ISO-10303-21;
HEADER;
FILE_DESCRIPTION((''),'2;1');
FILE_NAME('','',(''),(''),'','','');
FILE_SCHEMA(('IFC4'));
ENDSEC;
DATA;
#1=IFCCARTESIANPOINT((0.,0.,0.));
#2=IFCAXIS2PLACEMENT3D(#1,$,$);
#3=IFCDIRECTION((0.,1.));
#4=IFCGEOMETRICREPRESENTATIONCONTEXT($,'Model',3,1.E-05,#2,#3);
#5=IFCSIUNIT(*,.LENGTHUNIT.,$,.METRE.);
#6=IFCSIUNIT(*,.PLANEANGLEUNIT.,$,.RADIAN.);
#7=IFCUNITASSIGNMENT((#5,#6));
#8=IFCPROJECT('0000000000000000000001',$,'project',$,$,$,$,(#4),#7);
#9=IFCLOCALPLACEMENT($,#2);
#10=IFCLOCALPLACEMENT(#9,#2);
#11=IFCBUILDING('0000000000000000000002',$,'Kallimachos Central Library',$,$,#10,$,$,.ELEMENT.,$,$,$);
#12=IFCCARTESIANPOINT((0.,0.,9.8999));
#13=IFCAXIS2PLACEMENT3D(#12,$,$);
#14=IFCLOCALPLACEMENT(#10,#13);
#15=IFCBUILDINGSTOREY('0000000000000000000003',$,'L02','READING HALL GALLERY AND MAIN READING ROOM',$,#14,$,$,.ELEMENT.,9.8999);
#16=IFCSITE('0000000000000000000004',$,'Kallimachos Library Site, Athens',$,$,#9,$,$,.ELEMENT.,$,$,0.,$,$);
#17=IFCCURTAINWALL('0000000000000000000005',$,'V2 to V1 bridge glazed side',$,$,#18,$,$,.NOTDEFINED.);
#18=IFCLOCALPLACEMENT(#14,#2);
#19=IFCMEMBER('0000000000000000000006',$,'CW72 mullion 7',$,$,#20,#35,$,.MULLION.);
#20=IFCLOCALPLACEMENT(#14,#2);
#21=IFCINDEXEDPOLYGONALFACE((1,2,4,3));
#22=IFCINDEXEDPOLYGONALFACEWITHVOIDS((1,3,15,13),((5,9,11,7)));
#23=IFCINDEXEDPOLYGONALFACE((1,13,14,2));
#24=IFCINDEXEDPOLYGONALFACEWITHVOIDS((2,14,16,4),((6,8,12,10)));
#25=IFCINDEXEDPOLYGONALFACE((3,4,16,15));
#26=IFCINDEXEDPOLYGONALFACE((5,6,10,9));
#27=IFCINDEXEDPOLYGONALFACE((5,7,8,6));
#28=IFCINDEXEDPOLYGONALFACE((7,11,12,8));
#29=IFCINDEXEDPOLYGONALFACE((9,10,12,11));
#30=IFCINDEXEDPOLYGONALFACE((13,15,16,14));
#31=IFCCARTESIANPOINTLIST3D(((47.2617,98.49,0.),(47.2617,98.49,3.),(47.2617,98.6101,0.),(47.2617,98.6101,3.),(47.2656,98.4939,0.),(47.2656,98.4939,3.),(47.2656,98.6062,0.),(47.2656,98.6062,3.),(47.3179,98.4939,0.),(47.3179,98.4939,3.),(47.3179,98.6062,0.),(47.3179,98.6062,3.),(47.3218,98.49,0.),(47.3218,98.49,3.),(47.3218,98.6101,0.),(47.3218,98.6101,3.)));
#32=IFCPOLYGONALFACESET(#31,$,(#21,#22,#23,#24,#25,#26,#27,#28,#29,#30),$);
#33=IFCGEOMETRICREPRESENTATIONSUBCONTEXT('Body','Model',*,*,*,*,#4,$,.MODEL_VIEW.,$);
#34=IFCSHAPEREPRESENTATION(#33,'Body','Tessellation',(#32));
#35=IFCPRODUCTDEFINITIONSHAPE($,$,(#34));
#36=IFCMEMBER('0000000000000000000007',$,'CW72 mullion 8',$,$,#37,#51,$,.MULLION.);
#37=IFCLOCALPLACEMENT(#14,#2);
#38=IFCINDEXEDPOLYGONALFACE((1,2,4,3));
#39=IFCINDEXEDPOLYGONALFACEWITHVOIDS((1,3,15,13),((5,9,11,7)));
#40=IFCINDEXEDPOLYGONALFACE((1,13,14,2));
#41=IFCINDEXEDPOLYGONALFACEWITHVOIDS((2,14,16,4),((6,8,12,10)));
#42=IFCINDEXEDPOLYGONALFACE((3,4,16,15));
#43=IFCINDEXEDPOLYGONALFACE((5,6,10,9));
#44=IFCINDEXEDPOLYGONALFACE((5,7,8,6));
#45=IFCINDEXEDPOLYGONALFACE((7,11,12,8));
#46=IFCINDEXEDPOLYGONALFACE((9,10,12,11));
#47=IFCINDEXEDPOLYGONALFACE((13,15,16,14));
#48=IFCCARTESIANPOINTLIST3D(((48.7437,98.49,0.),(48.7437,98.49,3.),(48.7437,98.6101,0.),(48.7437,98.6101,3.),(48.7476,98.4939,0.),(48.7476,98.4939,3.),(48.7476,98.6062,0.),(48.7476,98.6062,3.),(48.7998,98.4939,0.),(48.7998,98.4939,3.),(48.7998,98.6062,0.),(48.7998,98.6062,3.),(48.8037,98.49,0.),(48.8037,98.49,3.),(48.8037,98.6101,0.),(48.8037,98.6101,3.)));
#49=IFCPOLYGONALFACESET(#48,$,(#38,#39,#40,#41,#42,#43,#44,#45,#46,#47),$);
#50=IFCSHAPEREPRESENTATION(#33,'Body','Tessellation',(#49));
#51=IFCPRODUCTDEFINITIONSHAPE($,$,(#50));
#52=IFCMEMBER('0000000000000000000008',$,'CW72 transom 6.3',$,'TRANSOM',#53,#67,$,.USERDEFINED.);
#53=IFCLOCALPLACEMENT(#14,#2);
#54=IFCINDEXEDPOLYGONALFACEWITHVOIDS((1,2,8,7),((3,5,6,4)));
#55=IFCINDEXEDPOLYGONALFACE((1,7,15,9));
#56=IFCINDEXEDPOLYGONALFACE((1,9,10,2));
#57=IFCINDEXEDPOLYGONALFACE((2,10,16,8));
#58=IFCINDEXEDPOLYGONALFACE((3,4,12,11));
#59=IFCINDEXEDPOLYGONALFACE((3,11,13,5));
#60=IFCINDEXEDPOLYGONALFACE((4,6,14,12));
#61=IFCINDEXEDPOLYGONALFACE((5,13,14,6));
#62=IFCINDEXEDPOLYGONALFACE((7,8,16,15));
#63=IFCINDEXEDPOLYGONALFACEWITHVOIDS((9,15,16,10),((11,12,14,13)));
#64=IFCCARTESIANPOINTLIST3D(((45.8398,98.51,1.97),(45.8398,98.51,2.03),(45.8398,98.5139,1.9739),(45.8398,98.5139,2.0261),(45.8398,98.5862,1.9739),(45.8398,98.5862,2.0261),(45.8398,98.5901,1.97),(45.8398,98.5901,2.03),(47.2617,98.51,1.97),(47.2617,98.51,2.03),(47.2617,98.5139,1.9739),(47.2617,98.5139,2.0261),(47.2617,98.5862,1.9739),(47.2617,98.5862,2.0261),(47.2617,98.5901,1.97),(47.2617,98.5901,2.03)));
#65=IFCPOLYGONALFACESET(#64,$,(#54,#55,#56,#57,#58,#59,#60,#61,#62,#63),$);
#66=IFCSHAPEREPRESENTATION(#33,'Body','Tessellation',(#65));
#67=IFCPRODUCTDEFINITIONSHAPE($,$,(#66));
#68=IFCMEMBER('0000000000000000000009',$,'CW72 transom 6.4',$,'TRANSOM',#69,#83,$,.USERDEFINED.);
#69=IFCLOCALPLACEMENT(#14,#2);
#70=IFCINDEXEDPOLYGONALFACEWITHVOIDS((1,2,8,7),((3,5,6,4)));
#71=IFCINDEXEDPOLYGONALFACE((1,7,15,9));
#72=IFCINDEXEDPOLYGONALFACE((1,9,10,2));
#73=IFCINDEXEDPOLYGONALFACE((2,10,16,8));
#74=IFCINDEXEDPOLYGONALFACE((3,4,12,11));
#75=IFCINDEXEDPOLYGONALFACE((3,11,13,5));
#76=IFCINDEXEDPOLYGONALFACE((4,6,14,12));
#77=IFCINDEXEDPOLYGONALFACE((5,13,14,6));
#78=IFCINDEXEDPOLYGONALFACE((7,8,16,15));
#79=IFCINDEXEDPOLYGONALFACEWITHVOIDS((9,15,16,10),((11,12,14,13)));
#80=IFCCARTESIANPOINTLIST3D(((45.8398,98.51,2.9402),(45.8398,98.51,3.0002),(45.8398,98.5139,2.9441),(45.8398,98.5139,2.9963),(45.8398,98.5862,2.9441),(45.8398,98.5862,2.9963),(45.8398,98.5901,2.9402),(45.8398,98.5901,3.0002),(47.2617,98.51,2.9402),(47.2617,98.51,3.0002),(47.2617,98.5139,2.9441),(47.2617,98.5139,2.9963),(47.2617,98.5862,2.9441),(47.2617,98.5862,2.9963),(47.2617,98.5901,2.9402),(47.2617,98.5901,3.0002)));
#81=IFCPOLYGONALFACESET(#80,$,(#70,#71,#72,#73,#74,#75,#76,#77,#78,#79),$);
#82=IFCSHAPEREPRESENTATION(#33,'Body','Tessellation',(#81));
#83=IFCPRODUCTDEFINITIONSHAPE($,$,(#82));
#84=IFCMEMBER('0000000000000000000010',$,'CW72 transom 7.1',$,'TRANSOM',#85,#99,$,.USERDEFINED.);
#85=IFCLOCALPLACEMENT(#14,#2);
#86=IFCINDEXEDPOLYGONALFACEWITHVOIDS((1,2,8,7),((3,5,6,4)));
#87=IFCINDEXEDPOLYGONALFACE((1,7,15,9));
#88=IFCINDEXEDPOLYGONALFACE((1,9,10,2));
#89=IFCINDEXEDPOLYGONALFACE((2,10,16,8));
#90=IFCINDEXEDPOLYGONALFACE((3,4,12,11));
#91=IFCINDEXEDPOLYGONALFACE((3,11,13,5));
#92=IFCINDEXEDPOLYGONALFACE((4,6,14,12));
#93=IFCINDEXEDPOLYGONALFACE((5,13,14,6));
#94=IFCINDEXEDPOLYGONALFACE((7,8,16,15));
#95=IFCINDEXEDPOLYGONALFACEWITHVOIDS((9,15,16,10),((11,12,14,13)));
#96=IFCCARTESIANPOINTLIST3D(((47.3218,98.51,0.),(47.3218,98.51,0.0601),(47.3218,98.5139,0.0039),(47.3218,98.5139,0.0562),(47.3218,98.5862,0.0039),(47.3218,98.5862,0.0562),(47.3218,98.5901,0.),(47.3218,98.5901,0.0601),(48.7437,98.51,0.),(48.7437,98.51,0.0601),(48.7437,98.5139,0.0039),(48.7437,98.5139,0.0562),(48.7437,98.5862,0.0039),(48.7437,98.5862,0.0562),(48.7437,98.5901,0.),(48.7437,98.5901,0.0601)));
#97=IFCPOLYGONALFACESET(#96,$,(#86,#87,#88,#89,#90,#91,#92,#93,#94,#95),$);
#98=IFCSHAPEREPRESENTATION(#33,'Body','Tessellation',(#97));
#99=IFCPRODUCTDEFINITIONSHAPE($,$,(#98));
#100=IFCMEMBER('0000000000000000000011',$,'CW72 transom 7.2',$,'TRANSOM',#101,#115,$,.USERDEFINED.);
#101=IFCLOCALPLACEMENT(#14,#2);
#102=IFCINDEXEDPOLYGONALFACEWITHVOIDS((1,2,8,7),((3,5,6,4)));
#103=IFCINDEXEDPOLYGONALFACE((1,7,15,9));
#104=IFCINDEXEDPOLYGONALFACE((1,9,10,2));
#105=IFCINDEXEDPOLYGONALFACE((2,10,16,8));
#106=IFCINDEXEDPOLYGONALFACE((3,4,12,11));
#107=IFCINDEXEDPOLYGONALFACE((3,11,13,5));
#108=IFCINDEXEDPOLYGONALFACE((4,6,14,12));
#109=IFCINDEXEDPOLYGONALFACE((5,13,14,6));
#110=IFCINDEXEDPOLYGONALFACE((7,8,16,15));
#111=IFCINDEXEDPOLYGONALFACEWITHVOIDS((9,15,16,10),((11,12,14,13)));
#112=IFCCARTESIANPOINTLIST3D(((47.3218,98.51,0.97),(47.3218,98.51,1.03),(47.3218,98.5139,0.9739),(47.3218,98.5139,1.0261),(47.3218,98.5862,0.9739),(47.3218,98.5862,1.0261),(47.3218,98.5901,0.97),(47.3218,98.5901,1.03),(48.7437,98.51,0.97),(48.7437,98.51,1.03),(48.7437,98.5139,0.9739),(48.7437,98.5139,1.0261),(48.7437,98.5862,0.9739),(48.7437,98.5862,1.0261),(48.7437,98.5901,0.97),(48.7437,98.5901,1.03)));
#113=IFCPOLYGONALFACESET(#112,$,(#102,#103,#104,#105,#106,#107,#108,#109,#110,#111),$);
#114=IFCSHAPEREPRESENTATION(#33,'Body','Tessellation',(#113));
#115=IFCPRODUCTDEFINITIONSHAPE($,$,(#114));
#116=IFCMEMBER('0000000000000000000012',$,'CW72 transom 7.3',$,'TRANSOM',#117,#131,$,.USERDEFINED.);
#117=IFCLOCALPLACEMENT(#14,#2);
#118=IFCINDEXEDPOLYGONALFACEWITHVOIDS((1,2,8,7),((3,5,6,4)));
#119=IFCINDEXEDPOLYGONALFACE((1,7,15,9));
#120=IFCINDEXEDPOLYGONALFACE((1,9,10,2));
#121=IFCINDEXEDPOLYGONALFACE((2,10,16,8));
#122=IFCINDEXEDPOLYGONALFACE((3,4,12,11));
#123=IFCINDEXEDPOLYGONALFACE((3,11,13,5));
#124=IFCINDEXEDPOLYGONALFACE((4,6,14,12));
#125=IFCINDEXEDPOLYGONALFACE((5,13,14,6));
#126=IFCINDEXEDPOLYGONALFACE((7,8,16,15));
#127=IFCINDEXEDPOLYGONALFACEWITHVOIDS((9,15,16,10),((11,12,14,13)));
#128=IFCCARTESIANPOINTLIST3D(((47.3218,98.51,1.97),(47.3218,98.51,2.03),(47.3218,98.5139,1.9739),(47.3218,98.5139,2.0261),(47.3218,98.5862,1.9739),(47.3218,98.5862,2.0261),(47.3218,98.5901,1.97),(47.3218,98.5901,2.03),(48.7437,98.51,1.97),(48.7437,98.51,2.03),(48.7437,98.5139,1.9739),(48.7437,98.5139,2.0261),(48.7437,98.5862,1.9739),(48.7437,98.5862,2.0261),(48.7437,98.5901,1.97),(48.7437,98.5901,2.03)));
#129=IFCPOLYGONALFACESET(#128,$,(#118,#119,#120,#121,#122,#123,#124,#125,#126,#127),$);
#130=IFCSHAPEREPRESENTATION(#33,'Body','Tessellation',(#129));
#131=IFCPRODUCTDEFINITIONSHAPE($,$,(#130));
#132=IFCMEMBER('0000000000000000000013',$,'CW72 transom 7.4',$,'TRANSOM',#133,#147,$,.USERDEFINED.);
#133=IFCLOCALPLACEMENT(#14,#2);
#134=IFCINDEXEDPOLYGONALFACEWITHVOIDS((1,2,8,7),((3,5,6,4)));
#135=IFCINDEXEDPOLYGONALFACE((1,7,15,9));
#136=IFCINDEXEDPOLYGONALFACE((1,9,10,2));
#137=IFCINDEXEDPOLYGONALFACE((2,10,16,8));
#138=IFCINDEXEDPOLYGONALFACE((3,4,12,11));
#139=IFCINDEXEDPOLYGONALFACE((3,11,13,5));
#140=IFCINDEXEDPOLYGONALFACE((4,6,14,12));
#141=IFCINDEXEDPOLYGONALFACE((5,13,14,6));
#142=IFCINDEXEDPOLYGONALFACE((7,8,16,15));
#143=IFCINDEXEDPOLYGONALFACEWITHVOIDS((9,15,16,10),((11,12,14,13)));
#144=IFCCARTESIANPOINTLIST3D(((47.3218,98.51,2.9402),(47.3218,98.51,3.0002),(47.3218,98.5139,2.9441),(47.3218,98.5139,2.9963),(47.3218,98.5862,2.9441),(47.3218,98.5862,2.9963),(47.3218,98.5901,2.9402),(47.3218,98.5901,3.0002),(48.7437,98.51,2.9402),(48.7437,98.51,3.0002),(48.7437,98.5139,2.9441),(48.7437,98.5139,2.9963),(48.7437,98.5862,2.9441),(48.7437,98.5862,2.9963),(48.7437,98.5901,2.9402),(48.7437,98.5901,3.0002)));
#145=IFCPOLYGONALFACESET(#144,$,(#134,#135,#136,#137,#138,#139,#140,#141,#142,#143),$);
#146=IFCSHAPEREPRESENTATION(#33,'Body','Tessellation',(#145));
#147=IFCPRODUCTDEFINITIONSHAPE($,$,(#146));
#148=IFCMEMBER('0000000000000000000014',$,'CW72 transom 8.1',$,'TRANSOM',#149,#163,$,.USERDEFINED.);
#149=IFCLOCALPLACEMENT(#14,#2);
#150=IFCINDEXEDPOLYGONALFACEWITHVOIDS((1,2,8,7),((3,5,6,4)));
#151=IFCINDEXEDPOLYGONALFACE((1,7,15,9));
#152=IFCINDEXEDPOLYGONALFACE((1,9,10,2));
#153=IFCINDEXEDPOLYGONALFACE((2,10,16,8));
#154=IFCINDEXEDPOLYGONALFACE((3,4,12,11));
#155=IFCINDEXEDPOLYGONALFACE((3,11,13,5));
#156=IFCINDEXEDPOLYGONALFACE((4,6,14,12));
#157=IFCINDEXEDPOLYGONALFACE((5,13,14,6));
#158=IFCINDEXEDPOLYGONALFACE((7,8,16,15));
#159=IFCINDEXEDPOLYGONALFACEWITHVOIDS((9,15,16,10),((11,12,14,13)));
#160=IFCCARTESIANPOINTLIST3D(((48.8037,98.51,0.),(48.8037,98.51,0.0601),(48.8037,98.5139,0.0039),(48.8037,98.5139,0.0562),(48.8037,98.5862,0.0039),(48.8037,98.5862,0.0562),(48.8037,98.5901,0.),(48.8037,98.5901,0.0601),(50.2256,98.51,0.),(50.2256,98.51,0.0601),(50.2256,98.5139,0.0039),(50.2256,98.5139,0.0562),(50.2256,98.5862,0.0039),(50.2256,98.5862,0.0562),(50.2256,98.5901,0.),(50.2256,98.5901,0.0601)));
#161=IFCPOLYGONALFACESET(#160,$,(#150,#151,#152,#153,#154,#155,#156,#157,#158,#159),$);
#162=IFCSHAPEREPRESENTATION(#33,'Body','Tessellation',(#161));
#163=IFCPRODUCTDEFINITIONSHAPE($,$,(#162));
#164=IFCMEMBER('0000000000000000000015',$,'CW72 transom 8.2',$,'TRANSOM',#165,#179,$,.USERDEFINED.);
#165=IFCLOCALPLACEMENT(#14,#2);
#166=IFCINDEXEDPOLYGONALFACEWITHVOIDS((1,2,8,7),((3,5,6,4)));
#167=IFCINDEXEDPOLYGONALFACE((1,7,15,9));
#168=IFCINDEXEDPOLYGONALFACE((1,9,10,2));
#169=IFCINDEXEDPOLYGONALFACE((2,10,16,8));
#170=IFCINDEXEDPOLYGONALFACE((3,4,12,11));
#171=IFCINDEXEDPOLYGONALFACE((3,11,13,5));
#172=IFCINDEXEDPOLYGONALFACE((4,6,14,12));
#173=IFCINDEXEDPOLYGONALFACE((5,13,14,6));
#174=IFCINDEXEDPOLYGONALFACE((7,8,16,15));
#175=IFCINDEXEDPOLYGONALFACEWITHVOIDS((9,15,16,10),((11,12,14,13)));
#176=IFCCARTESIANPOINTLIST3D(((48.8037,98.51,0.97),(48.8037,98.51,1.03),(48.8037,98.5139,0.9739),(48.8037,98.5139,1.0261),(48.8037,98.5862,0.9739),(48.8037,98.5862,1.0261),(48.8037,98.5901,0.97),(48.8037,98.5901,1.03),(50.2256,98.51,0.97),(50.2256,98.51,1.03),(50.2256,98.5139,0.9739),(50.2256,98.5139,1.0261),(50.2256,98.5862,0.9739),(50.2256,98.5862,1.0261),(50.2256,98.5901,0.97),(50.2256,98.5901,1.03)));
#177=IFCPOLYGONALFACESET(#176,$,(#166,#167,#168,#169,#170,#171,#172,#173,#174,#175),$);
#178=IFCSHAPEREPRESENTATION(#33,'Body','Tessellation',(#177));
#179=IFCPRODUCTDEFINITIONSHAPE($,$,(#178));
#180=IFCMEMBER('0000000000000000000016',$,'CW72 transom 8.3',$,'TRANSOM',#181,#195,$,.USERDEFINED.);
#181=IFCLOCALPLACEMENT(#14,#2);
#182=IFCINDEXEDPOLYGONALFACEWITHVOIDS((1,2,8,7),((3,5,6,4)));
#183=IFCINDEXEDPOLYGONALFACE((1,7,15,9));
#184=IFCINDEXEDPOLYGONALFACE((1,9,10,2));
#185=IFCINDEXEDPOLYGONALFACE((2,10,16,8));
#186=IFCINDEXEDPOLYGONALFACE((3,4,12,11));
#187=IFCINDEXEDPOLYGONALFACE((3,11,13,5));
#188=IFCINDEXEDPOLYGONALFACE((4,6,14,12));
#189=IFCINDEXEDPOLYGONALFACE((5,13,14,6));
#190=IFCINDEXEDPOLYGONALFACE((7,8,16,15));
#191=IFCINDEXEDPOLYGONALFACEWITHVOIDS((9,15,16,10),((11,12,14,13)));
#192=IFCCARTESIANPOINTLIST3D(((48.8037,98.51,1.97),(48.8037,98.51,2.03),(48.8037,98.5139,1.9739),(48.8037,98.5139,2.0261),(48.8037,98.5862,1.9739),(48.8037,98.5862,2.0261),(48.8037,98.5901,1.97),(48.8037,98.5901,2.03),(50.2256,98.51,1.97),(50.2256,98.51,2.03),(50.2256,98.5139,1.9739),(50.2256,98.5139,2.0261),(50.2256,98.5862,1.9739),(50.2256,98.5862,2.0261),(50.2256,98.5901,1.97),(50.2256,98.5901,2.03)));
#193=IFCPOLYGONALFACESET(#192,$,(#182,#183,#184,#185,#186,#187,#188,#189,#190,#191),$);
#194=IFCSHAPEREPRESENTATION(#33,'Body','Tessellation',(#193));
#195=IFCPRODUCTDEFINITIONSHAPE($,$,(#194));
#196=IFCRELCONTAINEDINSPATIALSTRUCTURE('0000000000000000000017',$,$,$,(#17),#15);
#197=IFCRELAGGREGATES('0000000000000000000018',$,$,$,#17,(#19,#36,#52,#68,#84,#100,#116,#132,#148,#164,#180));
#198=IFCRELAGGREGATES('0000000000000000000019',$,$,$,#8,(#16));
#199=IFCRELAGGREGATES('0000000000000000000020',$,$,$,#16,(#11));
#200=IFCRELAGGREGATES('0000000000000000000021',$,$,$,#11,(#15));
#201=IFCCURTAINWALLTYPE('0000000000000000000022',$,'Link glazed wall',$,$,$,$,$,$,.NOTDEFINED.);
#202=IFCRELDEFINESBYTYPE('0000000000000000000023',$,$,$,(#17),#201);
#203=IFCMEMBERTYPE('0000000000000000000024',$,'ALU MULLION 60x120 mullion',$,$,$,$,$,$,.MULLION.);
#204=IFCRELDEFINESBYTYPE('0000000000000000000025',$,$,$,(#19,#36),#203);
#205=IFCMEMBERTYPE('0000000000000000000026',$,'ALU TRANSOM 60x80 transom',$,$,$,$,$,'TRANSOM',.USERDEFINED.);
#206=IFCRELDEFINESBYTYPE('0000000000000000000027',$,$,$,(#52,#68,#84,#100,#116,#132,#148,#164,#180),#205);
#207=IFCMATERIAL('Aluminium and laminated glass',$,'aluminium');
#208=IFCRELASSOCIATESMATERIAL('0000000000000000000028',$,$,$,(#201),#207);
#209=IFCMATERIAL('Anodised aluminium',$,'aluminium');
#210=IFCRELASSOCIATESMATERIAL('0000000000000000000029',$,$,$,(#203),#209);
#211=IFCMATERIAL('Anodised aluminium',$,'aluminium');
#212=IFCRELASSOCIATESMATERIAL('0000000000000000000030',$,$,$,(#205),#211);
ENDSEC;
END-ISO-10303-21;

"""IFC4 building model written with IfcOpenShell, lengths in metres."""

from ifc_helpers import new_model, si_unit, direction, frame, origin, origin_2d, place, context, subcontext, project, spatial, hollow_rectangle, extrude, material, material_profile, profile_set, type_object, element, aggregate, save


model = new_model("IFC4")

# Units and contexts
model_context = context("Model", 3, precision=1e-05, world=origin(), true_north=direction((0.0, 1.0)))
body_context = subcontext(model_context, "Body", "Model", "MODEL_VIEW")
ifc_project = project(units=[si_unit("LENGTHUNIT", "METRE"), si_unit("PLANEANGLEUNIT", "RADIAN")], contexts=[model_context])

# Site, building, storey
site_placement = place(None, origin())
site = spatial("IfcSite", under=ifc_project, at=site_placement, Name="Kallimachos Library Site, Athens", CompositionType="ELEMENT", RefElevation=0.0)
building_placement = place(site_placement, origin())
building = spatial("IfcBuilding", under=site, at=building_placement, Name="Kallimachos Central Library", CompositionType="ELEMENT")
storey_placement = place(building_placement, frame((0.0, 0.0, 9.8999)))
storey = spatial("IfcBuildingStorey", under=building, at=storey_placement, Name="L02", Description="READING HALL GALLERY AND MAIN READING ROOM", CompositionType="ELEMENT", Elevation=9.8999)

# Curtain wall, members
ifc_material_1 = material(Name="Aluminium and laminated glass", Category="aluminium")
curtain_wall_type = type_object("IfcCurtainWallType", Name="Link glazed wall", PredefinedType="NOTDEFINED", material=ifc_material_1)
curtain_wall_placement = place(storey_placement, origin())
curtain_wall = element("IfcCurtainWall", 1, at=curtain_wall_placement, inside=storey, type_object=curtain_wall_type, Name="V2 to V1 bridge glazed side", PredefinedType="NOTDEFINED")
ifc_material_2 = material(Name="Anodised aluminium", Category="aluminium")
ifc_material_profile_1 = material_profile(ifc_material_2, hollow_rectangle(XDim=0.0601, YDim=0.1201, WallThickness=0.0039, at=origin_2d()), Name="ALU MULLION 60x120")
ifc_profile_set_1 = profile_set([ifc_material_profile_1], Name="Anodised aluminium")
member_type_1 = type_object("IfcMemberType", Name="ALU MULLION 60x120 mullion", PredefinedType="MULLION", material=ifc_profile_set_1)
member_1_placement = place(storey_placement, frame((47.2917, 98.55, 0.0), z_axis=(0.0, 0.0, 1.0), x_axis=(1.0, 0.0, 0.0)))
member_1 = element("IfcMember", 2, at=member_1_placement, type_object=member_type_1, Name="CW72 mullion 7", PredefinedType="MULLION", context=body_context, shape_type="SweptSolid", body=[
    extrude(hollow_rectangle(XDim=0.0601, YDim=0.1201, WallThickness=0.0039, at=origin_2d()), origin(), (0.0, 0.0, 1.0), 3.0),
])
member_2_placement = place(storey_placement, frame((48.7737, 98.55, 0.0), z_axis=(0.0, 0.0, 1.0), x_axis=(1.0, 0.0, 0.0)))
member_2 = element("IfcMember", 3, at=member_2_placement, type_object=member_type_1, Name="CW72 mullion 8", PredefinedType="MULLION", context=body_context, shape_type="SweptSolid", body=[
    extrude(hollow_rectangle(XDim=0.0601, YDim=0.1201, WallThickness=0.0039, at=origin_2d()), origin(), (0.0, 0.0, 1.0), 3.0),
])
ifc_material_3 = material(Name="Anodised aluminium", Category="aluminium")
ifc_material_profile_2 = material_profile(ifc_material_3, hollow_rectangle(XDim=0.0601, YDim=0.0801, WallThickness=0.0039, at=origin_2d()), Name="ALU TRANSOM 60x80")
ifc_profile_set_2 = profile_set([ifc_material_profile_2], Name="Anodised aluminium")
member_type_2 = type_object("IfcMemberType", Name="ALU TRANSOM 60x80 transom", ElementType="TRANSOM", PredefinedType="USERDEFINED", material=ifc_profile_set_2)
member_3_placement = place(storey_placement, frame((45.8398, 98.55, 2.0), z_axis=(1.0, 0.0, 0.0), x_axis=(0.0, 0.0, 1.0)))
member_3 = element("IfcMember", 4, at=member_3_placement, type_object=member_type_2, Name="CW72 transom 6.3", ObjectType="TRANSOM", PredefinedType="USERDEFINED", context=body_context, shape_type="SweptSolid", body=[
    extrude(hollow_rectangle(XDim=0.0601, YDim=0.0801, WallThickness=0.0039, at=origin_2d()), origin(), (0.0, 0.0, 1.0), 1.4219),
])
member_4_placement = place(storey_placement, frame((45.8398, 98.55, 2.9702), z_axis=(1.0, 0.0, 0.0), x_axis=(0.0, 0.0, 1.0)))
member_4 = element("IfcMember", 5, at=member_4_placement, type_object=member_type_2, Name="CW72 transom 6.4", ObjectType="TRANSOM", PredefinedType="USERDEFINED", context=body_context, shape_type="SweptSolid", body=[
    extrude(hollow_rectangle(XDim=0.0601, YDim=0.0801, WallThickness=0.0039, at=origin_2d()), origin(), (0.0, 0.0, 1.0), 1.4219),
])
member_5_placement = place(storey_placement, frame((47.3218, 98.55, 0.03), z_axis=(1.0, 0.0, 0.0), x_axis=(0.0, 0.0, 1.0)))
member_5 = element("IfcMember", 6, at=member_5_placement, type_object=member_type_2, Name="CW72 transom 7.1", ObjectType="TRANSOM", PredefinedType="USERDEFINED", context=body_context, shape_type="SweptSolid", body=[
    extrude(hollow_rectangle(XDim=0.0601, YDim=0.0801, WallThickness=0.0039, at=origin_2d()), origin(), (0.0, 0.0, 1.0), 1.4219),
])
member_6_placement = place(storey_placement, frame((47.3218, 98.55, 1.0), z_axis=(1.0, 0.0, 0.0), x_axis=(0.0, 0.0, 1.0)))
member_6 = element("IfcMember", 7, at=member_6_placement, type_object=member_type_2, Name="CW72 transom 7.2", ObjectType="TRANSOM", PredefinedType="USERDEFINED", context=body_context, shape_type="SweptSolid", body=[
    extrude(hollow_rectangle(XDim=0.0601, YDim=0.0801, WallThickness=0.0039, at=origin_2d()), origin(), (0.0, 0.0, 1.0), 1.4219),
])
member_7_placement = place(storey_placement, frame((47.3218, 98.55, 2.0), z_axis=(1.0, 0.0, 0.0), x_axis=(0.0, 0.0, 1.0)))
member_7 = element("IfcMember", 8, at=member_7_placement, type_object=member_type_2, Name="CW72 transom 7.3", ObjectType="TRANSOM", PredefinedType="USERDEFINED", context=body_context, shape_type="SweptSolid", body=[
    extrude(hollow_rectangle(XDim=0.0601, YDim=0.0801, WallThickness=0.0039, at=origin_2d()), origin(), (0.0, 0.0, 1.0), 1.4219),
])
member_8_placement = place(storey_placement, frame((47.3218, 98.55, 2.9702), z_axis=(1.0, 0.0, 0.0), x_axis=(0.0, 0.0, 1.0)))
member_8 = element("IfcMember", 9, at=member_8_placement, type_object=member_type_2, Name="CW72 transom 7.4", ObjectType="TRANSOM", PredefinedType="USERDEFINED", context=body_context, shape_type="SweptSolid", body=[
    extrude(hollow_rectangle(XDim=0.0601, YDim=0.0801, WallThickness=0.0039, at=origin_2d()), origin(), (0.0, 0.0, 1.0), 1.4219),
])
member_9_placement = place(storey_placement, frame((48.8037, 98.55, 0.03), z_axis=(1.0, 0.0, 0.0), x_axis=(0.0, 0.0, 1.0)))
member_9 = element("IfcMember", 10, at=member_9_placement, type_object=member_type_2, Name="CW72 transom 8.1", ObjectType="TRANSOM", PredefinedType="USERDEFINED", context=body_context, shape_type="SweptSolid", body=[
    extrude(hollow_rectangle(XDim=0.0601, YDim=0.0801, WallThickness=0.0039, at=origin_2d()), origin(), (0.0, 0.0, 1.0), 1.4219),
])
member_10_placement = place(storey_placement, frame((48.8037, 98.55, 1.0), z_axis=(1.0, 0.0, 0.0), x_axis=(0.0, 0.0, 1.0)))
member_10 = element("IfcMember", 11, at=member_10_placement, type_object=member_type_2, Name="CW72 transom 8.2", ObjectType="TRANSOM", PredefinedType="USERDEFINED", context=body_context, shape_type="SweptSolid", body=[
    extrude(hollow_rectangle(XDim=0.0601, YDim=0.0801, WallThickness=0.0039, at=origin_2d()), origin(), (0.0, 0.0, 1.0), 1.4219),
])
member_11_placement = place(storey_placement, frame((48.8037, 98.55, 2.0), z_axis=(1.0, 0.0, 0.0), x_axis=(0.0, 0.0, 1.0)))
member_11 = element("IfcMember", 12, at=member_11_placement, type_object=member_type_2, Name="CW72 transom 8.3", ObjectType="TRANSOM", PredefinedType="USERDEFINED", context=body_context, shape_type="SweptSolid", body=[
    extrude(hollow_rectangle(XDim=0.0601, YDim=0.0801, WallThickness=0.0039, at=origin_2d()), origin(), (0.0, 0.0, 1.0), 1.4219),
])

aggregate(curtain_wall, [member_1, member_2, member_3, member_4, member_5, member_6, member_7, member_8, member_9, member_10, member_11])

save(model, "model.ifc")
